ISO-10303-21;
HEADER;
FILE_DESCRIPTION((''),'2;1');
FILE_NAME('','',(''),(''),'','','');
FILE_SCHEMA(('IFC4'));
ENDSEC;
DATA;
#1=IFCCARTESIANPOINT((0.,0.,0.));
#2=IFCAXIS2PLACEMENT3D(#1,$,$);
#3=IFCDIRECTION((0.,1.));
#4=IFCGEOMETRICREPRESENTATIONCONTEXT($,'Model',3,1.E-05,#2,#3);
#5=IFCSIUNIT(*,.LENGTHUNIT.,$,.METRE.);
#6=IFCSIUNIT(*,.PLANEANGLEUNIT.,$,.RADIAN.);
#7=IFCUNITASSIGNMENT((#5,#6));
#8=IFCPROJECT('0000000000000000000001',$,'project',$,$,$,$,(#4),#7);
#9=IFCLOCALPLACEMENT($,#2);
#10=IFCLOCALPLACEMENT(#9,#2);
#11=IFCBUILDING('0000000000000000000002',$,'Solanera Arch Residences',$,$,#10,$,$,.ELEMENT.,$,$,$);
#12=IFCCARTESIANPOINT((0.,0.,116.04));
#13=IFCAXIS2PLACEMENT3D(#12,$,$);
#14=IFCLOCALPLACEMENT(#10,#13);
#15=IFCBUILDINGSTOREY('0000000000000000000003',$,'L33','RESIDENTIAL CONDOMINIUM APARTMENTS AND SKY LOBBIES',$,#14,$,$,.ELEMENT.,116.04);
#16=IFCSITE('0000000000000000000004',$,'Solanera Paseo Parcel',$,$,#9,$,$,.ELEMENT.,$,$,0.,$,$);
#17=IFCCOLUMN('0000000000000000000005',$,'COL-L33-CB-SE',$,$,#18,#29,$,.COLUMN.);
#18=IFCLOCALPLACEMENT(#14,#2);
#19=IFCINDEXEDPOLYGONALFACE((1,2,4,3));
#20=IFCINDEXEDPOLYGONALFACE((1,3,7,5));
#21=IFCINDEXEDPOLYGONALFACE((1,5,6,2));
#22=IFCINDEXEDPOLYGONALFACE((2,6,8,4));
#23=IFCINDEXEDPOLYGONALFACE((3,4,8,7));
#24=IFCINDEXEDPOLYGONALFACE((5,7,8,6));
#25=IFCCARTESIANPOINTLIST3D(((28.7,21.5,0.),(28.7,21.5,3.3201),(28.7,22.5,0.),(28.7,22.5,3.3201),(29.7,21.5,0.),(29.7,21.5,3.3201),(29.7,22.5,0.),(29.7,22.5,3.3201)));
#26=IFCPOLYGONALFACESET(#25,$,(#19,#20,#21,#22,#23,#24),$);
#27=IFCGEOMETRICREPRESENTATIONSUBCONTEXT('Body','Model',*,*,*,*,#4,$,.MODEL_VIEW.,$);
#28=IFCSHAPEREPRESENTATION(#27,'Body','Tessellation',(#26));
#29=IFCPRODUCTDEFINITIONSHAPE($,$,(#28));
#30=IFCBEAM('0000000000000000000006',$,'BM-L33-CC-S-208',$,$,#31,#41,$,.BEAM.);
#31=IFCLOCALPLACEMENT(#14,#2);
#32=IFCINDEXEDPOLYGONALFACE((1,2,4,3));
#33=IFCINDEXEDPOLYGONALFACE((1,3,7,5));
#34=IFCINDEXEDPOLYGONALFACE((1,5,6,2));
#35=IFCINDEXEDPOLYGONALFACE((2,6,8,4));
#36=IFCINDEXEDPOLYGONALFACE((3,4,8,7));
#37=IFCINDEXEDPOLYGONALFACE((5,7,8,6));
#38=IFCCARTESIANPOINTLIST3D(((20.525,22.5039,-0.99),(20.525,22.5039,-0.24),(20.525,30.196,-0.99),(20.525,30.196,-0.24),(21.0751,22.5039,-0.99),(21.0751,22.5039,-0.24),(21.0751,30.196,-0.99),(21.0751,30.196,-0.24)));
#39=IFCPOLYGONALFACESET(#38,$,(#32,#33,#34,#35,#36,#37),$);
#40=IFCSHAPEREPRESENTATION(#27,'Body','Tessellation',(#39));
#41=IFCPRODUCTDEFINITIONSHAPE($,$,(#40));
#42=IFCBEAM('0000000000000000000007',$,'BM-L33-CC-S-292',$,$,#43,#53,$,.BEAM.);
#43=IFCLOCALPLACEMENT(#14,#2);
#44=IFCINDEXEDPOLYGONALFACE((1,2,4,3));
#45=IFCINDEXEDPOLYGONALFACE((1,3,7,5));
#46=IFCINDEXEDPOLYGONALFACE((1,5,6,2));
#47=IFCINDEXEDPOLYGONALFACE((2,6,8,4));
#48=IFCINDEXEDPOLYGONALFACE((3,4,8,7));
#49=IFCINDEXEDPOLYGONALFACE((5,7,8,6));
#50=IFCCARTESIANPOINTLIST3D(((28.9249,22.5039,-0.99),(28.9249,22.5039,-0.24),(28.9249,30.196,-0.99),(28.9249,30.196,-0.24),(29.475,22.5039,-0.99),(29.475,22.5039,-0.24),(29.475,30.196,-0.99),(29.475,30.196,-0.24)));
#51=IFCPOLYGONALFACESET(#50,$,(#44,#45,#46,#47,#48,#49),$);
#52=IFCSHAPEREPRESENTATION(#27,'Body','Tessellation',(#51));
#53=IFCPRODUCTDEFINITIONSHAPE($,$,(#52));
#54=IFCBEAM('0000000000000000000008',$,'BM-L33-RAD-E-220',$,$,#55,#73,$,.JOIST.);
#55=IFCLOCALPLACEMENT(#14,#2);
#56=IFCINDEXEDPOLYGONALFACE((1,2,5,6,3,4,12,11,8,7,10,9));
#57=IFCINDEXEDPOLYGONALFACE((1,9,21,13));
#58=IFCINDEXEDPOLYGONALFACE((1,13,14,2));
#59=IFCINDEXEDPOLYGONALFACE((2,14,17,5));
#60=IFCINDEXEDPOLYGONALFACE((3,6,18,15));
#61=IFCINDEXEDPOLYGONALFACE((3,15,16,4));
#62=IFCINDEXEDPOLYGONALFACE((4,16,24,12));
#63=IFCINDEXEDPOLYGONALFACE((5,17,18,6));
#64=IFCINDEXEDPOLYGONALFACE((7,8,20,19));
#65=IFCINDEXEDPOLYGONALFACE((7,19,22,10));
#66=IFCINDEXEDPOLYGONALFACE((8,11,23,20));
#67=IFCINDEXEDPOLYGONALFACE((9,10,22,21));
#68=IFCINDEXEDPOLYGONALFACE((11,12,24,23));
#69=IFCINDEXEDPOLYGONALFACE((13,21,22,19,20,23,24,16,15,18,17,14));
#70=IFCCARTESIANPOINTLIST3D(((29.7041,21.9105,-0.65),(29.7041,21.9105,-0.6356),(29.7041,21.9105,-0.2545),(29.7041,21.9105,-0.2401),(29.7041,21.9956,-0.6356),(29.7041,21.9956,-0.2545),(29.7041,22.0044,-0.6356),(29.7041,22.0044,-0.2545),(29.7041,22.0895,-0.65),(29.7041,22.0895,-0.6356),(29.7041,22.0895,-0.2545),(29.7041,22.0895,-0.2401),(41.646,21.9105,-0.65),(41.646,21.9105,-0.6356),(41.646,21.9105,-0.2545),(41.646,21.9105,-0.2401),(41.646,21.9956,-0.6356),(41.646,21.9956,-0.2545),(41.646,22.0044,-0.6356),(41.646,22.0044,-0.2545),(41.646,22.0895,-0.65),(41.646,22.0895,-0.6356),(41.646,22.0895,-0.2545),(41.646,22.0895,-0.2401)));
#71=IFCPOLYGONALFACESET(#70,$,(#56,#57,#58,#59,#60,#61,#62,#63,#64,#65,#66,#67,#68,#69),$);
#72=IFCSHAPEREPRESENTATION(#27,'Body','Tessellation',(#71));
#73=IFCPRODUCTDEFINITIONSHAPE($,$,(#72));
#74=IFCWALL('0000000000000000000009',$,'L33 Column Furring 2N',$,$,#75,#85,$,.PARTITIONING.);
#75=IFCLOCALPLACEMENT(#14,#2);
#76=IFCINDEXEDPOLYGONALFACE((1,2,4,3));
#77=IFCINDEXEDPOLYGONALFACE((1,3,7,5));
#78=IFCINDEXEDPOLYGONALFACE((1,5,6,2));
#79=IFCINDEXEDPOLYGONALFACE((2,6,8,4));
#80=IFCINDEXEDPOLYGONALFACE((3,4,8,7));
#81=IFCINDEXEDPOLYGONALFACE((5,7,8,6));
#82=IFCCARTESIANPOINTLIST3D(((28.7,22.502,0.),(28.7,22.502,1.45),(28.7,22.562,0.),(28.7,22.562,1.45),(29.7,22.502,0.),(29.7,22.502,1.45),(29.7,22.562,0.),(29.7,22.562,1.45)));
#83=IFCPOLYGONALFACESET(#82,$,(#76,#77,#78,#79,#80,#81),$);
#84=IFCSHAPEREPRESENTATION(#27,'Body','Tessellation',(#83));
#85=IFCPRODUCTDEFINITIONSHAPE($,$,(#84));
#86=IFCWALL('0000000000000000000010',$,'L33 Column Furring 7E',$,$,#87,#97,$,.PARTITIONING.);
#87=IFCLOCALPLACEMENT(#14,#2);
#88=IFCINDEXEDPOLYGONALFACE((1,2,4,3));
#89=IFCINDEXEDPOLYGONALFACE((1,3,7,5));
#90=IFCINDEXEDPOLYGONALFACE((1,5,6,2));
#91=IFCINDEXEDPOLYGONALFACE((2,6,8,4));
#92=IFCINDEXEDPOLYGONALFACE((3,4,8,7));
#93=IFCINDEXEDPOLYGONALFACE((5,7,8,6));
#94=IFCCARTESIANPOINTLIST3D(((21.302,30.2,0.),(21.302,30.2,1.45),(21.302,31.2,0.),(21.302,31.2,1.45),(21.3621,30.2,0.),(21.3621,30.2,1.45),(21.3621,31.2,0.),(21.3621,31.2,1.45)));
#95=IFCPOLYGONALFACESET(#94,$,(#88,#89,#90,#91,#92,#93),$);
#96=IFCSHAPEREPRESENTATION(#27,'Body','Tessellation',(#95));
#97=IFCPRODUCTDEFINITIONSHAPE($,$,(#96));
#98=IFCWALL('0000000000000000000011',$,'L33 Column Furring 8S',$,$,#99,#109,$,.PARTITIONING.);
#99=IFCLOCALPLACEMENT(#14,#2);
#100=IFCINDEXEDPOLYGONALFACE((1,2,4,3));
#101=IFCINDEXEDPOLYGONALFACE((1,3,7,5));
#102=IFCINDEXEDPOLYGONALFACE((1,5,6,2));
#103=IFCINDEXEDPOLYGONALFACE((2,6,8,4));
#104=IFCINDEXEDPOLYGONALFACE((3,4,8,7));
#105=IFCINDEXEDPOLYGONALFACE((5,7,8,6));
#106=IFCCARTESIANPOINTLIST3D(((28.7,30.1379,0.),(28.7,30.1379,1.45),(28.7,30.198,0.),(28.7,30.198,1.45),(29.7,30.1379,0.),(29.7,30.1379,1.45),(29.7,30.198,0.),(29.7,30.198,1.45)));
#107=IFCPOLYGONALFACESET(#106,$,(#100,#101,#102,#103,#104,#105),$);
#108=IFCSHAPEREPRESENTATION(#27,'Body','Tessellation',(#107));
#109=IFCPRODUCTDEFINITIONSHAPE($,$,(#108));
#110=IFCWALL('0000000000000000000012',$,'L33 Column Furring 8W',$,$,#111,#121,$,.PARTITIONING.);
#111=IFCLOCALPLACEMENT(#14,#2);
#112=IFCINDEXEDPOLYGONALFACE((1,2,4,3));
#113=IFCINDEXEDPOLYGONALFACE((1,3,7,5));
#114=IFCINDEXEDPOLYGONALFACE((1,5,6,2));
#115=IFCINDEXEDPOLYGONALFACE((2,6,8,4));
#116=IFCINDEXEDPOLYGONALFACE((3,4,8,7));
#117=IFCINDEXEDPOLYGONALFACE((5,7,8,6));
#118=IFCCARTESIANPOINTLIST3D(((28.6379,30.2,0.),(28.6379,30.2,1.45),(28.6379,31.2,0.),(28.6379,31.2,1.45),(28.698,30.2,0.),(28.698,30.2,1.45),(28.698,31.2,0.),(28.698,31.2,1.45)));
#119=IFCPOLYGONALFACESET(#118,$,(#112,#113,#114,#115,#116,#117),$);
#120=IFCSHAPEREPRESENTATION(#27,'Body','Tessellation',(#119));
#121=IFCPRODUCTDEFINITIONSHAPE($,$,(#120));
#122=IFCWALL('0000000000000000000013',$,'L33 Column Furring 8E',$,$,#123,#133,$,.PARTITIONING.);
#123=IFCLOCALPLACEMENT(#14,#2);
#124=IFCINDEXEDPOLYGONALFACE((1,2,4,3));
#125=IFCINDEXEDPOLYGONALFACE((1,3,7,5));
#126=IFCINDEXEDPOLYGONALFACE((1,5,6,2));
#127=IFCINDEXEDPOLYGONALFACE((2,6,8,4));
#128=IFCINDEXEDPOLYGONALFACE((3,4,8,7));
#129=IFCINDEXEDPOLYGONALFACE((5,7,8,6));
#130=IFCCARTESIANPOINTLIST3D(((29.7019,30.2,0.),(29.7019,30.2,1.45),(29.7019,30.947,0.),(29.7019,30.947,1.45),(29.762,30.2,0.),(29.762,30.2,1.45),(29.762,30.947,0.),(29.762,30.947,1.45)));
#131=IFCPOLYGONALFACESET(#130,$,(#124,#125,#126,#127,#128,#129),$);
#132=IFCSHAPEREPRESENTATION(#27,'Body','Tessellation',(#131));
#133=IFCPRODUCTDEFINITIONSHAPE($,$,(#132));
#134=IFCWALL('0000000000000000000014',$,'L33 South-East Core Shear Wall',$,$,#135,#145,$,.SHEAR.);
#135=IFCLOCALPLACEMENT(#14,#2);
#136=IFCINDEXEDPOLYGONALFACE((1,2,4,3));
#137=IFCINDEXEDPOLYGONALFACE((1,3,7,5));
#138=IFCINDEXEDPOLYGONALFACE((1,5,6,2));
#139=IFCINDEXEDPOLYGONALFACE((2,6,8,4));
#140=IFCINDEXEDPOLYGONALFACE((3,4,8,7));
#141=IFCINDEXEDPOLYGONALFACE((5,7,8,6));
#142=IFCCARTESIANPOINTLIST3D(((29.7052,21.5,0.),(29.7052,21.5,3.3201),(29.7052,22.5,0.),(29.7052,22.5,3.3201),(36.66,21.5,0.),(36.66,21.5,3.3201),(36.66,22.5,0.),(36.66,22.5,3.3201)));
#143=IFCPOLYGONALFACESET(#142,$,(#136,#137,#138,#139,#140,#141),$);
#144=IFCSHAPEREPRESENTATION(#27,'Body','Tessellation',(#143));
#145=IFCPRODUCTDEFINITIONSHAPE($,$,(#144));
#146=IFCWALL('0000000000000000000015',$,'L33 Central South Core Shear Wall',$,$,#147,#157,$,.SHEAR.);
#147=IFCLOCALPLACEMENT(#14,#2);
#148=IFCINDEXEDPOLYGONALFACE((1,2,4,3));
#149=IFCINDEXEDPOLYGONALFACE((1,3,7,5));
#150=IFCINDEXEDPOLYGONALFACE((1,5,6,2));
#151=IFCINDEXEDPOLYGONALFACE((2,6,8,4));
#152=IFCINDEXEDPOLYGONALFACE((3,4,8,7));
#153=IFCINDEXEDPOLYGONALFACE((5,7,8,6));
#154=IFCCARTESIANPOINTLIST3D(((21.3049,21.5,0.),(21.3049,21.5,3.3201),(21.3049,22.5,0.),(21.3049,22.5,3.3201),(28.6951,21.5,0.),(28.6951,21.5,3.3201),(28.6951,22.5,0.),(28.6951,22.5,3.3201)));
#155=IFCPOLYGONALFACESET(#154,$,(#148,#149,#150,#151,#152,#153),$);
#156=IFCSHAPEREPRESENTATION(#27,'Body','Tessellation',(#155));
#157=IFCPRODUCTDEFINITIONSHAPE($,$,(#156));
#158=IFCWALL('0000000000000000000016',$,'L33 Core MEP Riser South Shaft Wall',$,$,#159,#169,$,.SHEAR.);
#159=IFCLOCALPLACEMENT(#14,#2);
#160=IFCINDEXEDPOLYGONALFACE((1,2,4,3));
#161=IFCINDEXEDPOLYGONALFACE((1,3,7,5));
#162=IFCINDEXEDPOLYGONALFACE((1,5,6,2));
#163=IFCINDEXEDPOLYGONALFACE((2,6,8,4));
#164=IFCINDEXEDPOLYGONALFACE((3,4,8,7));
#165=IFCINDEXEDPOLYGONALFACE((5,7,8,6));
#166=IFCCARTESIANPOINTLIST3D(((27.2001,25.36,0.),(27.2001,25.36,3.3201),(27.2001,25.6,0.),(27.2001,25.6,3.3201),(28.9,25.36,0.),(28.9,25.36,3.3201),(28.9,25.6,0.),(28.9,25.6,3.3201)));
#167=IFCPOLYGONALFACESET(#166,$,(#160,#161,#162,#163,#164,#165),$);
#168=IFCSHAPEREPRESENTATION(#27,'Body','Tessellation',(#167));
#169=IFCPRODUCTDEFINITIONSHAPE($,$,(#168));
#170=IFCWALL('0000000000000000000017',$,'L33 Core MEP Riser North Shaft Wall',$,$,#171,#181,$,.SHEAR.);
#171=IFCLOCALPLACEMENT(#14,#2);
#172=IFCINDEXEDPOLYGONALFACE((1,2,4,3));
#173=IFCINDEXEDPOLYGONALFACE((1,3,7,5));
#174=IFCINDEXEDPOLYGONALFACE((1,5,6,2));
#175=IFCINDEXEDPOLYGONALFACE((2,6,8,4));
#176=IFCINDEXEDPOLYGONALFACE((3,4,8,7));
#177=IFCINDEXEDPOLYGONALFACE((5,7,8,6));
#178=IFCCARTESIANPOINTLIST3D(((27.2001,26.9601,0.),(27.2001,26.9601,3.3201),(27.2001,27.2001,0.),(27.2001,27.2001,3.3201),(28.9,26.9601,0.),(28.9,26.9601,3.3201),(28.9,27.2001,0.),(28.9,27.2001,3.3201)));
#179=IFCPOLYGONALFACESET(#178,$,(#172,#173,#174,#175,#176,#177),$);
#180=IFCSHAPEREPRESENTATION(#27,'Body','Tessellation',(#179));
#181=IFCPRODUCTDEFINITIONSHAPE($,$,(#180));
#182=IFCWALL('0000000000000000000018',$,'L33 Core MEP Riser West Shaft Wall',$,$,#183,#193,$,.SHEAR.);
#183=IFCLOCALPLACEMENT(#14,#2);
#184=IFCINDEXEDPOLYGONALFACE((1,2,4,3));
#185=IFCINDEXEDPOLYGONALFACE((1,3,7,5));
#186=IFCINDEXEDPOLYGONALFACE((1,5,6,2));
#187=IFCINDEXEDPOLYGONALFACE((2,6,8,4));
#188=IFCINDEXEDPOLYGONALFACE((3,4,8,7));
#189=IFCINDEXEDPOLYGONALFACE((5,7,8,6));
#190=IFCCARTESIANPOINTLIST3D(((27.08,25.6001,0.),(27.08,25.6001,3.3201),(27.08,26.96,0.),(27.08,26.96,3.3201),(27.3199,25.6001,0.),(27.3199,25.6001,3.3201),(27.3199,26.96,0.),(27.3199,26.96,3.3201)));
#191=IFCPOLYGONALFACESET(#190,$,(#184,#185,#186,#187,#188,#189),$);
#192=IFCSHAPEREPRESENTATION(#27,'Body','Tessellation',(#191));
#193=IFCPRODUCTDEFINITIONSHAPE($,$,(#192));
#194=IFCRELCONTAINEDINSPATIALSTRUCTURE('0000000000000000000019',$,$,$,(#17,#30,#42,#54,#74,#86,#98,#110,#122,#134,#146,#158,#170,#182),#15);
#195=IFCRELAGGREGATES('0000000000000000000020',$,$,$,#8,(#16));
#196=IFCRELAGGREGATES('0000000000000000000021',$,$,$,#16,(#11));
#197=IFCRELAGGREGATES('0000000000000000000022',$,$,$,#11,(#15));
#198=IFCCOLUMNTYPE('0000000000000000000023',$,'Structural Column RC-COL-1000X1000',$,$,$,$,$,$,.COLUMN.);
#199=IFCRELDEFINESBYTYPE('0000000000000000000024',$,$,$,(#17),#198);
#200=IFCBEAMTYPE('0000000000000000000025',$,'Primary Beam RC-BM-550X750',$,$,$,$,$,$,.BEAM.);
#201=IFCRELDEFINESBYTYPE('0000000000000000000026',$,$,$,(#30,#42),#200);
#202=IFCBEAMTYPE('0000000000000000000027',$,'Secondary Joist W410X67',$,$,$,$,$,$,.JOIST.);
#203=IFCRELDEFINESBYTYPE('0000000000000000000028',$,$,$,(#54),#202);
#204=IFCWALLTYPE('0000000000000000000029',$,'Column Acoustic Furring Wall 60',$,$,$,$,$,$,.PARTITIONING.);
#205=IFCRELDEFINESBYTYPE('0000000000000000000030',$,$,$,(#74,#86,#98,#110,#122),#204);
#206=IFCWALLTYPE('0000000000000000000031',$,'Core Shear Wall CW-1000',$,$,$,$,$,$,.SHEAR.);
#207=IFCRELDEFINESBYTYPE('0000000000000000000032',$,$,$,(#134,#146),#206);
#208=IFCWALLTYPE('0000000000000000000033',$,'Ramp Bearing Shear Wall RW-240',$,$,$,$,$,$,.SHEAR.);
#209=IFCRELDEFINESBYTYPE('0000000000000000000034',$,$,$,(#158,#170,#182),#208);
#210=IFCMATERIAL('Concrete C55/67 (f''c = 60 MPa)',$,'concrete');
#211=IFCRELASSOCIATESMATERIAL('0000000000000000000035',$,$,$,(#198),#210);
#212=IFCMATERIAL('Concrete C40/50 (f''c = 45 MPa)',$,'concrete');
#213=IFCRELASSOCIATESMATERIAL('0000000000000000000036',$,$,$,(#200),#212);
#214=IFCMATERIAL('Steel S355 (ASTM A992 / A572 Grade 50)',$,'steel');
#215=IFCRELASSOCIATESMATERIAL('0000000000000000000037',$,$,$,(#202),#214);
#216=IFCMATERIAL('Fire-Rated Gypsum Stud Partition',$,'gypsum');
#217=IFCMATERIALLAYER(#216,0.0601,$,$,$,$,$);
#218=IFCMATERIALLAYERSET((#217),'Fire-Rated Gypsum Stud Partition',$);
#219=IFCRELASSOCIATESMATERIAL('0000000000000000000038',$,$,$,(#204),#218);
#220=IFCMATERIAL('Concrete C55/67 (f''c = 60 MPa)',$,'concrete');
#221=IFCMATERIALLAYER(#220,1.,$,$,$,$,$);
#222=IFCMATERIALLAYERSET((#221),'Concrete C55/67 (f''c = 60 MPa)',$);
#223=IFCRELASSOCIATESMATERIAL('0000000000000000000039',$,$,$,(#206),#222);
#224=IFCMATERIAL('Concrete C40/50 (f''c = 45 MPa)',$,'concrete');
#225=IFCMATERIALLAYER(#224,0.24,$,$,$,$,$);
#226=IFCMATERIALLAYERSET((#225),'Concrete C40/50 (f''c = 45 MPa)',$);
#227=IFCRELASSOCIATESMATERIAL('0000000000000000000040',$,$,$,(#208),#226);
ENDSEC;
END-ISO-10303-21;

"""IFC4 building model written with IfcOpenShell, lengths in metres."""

from ifc_helpers import new_model, si_unit, direction, frame, frame_2d, origin, origin_2d, place, context, subcontext, project, spatial, rectangle, i_section, extrude, material, layer, layer_set, material_profile, profile_set, type_object, element, save


model = new_model("IFC4")

# Units and contexts
model_context = context("Model", 3, precision=1e-05, world=origin(), true_north=direction((0.0, 1.0)))
body_context = subcontext(model_context, "Body", "Model", "MODEL_VIEW")
ifc_project = project(units=[si_unit("LENGTHUNIT", "METRE"), si_unit("PLANEANGLEUNIT", "RADIAN")], contexts=[model_context])

# Site, building, storey
site_placement = place(None, origin())
site = spatial("IfcSite", under=ifc_project, at=site_placement, Name="Solanera Paseo Parcel", CompositionType="ELEMENT", RefElevation=0.0)
building_placement = place(site_placement, origin())
building = spatial("IfcBuilding", under=site, at=building_placement, Name="Solanera Arch Residences", CompositionType="ELEMENT")
storey_placement = place(building_placement, frame((0.0, 0.0, 116.04)))
storey = spatial("IfcBuildingStorey", under=building, at=storey_placement, Name="L33", Description="RESIDENTIAL CONDOMINIUM APARTMENTS AND SKY LOBBIES", CompositionType="ELEMENT", Elevation=116.04)

# Column
ifc_material_1 = material(Name="Concrete C55/67 (f'c = 60 MPa)", Category="concrete")
ifc_material_profile_1 = material_profile(ifc_material_1, rectangle(XDim=1.0, YDim=1.0, at=origin_2d()))
ifc_profile_set_1 = profile_set([ifc_material_profile_1], Name="Concrete C55/67 (f'c = 60 MPa)")
column_type = type_object("IfcColumnType", Name="Structural Column RC-COL-1000X1000", PredefinedType="COLUMN", material=ifc_profile_set_1)
column_placement = place(storey_placement, frame((29.2, 22.0, 0.0), z_axis=(0.0, 0.0, 1.0), x_axis=(1.0, 0.0, 0.0)))
element("IfcColumn", 1, at=column_placement, inside=storey, type_object=column_type, Name="COL-L33-CB-SE", PredefinedType="COLUMN", context=body_context, shape_type="SweptSolid", body=[
    extrude(rectangle(XDim=1.0, YDim=1.0, at=origin_2d()), origin(), (0.0, 0.0, 1.0), 3.3201),
])

# Beams
ifc_material_2 = material(Name="Concrete C40/50 (f'c = 45 MPa)", Category="concrete")
ifc_material_profile_2 = material_profile(ifc_material_2, rectangle(XDim=0.55, YDim=0.75, at=origin_2d()))
ifc_profile_set_2 = profile_set([ifc_material_profile_2], Name="Concrete C40/50 (f'c = 45 MPa)")
beam_type_1 = type_object("IfcBeamType", Name="Primary Beam RC-BM-550X750", PredefinedType="BEAM", material=ifc_profile_set_2)
for number, where, z_axis, x_axis, name in (
    (2, (20.8, 22.5039, -0.615), (0.0, 1.0, 0.0), (-1.0, 0.0, 0.0), "BM-L33-CC-S-208"),
    (3, (29.2, 22.5039, -0.615), (0.0, 1.0, 0.0), (-1.0, 0.0, 0.0), "BM-L33-CC-S-292"),
):
    element("IfcBeam", number, at=place(storey_placement, frame(where, z_axis=z_axis, x_axis=x_axis)), inside=storey, type_object=beam_type_1, Name=name, PredefinedType="BEAM", context=body_context, shape_type="SweptSolid", body=[
        extrude(rectangle(XDim=0.55, YDim=0.75, at=origin_2d()), origin(), (0.0, 0.0, 1.0), 7.6921),
    ])
ifc_material_3 = material(Name="Steel S355 (ASTM A992 / A572 Grade 50)", Category="steel")
ifc_material_profile_3 = material_profile(ifc_material_3, i_section(OverallWidth=0.179, OverallDepth=0.4099, WebThickness=0.0088, FlangeThickness=0.0144, at=origin_2d()))
ifc_profile_set_3 = profile_set([ifc_material_profile_3], Name="Steel S355 (ASTM A992 / A572 Grade 50)")
beam_type_2 = type_object("IfcBeamType", Name="Secondary Joist W410X67", PredefinedType="JOIST", material=ifc_profile_set_3)
beam_placement = place(storey_placement, frame((29.7041, 22.0, -0.4451), z_axis=(1.0, 0.0, 0.0), x_axis=(0.0, 1.0, 0.0)))
element("IfcBeam", 4, at=beam_placement, inside=storey, type_object=beam_type_2, Name="BM-L33-RAD-E-220", PredefinedType="JOIST", context=body_context, shape_type="SweptSolid", body=[
    extrude(i_section(OverallWidth=0.179, OverallDepth=0.4099, WebThickness=0.0088, FlangeThickness=0.0144, at=origin_2d()), origin(), (0.0, 0.0, 1.0), 11.9419),
])

# Walls
ifc_material_4 = material(Name="Fire-Rated Gypsum Stud Partition", Category="gypsum")
ifc_layer_1 = layer(ifc_material_4, 0.0601)
ifc_layer_set_1 = layer_set([ifc_layer_1], Name="Fire-Rated Gypsum Stud Partition")
wall_type_1 = type_object("IfcWallType", Name="Column Acoustic Furring Wall 60", PredefinedType="PARTITIONING", material=ifc_layer_set_1)
for number, where, z_axis, x_axis, name in (
    (5, (28.7, 22.532, 0.0), (0.0, 0.0, 1.0), (1.0, 0.0, 0.0), "L33 Column Furring 2N"),
    (6, (21.332, 30.2, 0.0), (0.0, 0.0, 1.0), (0.0, 1.0, 0.0), "L33 Column Furring 7E"),
    (7, (28.7, 30.168, 0.0), (0.0, 0.0, 1.0), (1.0, 0.0, 0.0), "L33 Column Furring 8S"),
    (8, (28.668, 30.2, 0.0), (0.0, 0.0, 1.0), (0.0, 1.0, 0.0), "L33 Column Furring 8W"),
):
    element("IfcWall", number, at=place(storey_placement, frame(where, z_axis=z_axis, x_axis=x_axis)), inside=storey, type_object=wall_type_1, Name=name, PredefinedType="PARTITIONING", context=body_context, shape_type="SweptSolid", body=[
        extrude(rectangle(XDim=1.0, YDim=0.0601, at=frame_2d((0.5, 0.0))), origin(), (0.0, 0.0, 1.0), 1.45),
    ])
wall_1_placement = place(storey_placement, frame((29.7319, 30.2, 0.0), z_axis=(0.0, 0.0, 1.0), x_axis=(0.0, 1.0, 0.0)))
element("IfcWall", 9, at=wall_1_placement, inside=storey, type_object=wall_type_1, Name="L33 Column Furring 8E", PredefinedType="PARTITIONING", context=body_context, shape_type="SweptSolid", body=[
    extrude(rectangle(XDim=0.7471, YDim=0.0601, at=frame_2d((0.3735, 0.0))), origin(), (0.0, 0.0, 1.0), 1.45),
])
ifc_material_5 = material(Name="Concrete C55/67 (f'c = 60 MPa)", Category="concrete")
ifc_layer_2 = layer(ifc_material_5, 1.0)
ifc_layer_set_2 = layer_set([ifc_layer_2], Name="Concrete C55/67 (f'c = 60 MPa)")
wall_type_2 = type_object("IfcWallType", Name="Core Shear Wall CW-1000", PredefinedType="SHEAR", material=ifc_layer_set_2)
wall_2_placement = place(storey_placement, frame((29.7051, 22.0, 0.0), z_axis=(0.0, 0.0, 1.0), x_axis=(1.0, 0.0, 0.0)))
element("IfcWall", 10, at=wall_2_placement, inside=storey, type_object=wall_type_2, Name="L33 South-East Core Shear Wall", PredefinedType="SHEAR", context=body_context, shape_type="SweptSolid", body=[
    extrude(rectangle(XDim=6.9548, YDim=1.0, at=frame_2d((3.4775, 0.0))), origin(), (0.0, 0.0, 1.0), 3.3201),
])
wall_3_placement = place(storey_placement, frame((21.3049, 22.0, 0.0), z_axis=(0.0, 0.0, 1.0), x_axis=(1.0, 0.0, 0.0)))
element("IfcWall", 11, at=wall_3_placement, inside=storey, type_object=wall_type_2, Name="L33 Central South Core Shear Wall", PredefinedType="SHEAR", context=body_context, shape_type="SweptSolid", body=[
    extrude(rectangle(XDim=7.3901, YDim=1.0, at=frame_2d((3.6951, 0.0))), origin(), (0.0, 0.0, 1.0), 3.3201),
])
ifc_material_6 = material(Name="Concrete C40/50 (f'c = 45 MPa)", Category="concrete")
ifc_layer_3 = layer(ifc_material_6, 0.24)
ifc_layer_set_3 = layer_set([ifc_layer_3], Name="Concrete C40/50 (f'c = 45 MPa)")
wall_type_3 = type_object("IfcWallType", Name="Ramp Bearing Shear Wall RW-240", PredefinedType="SHEAR", material=ifc_layer_set_3)
for number, where, z_axis, x_axis, name in (
    (12, (27.2, 25.48, 0.0), (0.0, 0.0, 1.0), (1.0, 0.0, 0.0), "L33 Core MEP Riser South Shaft Wall"),
    (13, (27.2, 27.0801, 0.0), (0.0, 0.0, 1.0), (1.0, 0.0, 0.0), "L33 Core MEP Riser North Shaft Wall"),
):
    element("IfcWall", number, at=place(storey_placement, frame(where, z_axis=z_axis, x_axis=x_axis)), inside=storey, type_object=wall_type_3, Name=name, PredefinedType="SHEAR", context=body_context, shape_type="SweptSolid", body=[
        extrude(rectangle(XDim=1.7, YDim=0.24, at=frame_2d((0.8501, 0.0))), origin(), (0.0, 0.0, 1.0), 3.3201),
    ])
for number, where, z_axis, x_axis, name in (
    (14, (27.2, 25.6001, 0.0), (0.0, 0.0, 1.0), (0.0, 1.0, 0.0), "L33 Core MEP Riser West Shaft Wall"),
):
    element("IfcWall", number, at=place(storey_placement, frame(where, z_axis=z_axis, x_axis=x_axis)), inside=storey, type_object=wall_type_3, Name=name, PredefinedType="SHEAR", context=body_context, shape_type="SweptSolid", body=[
        extrude(rectangle(XDim=1.3599, YDim=0.24, at=frame_2d((0.6799, 0.0))), origin(), (0.0, 0.0, 1.0), 3.3201),
    ])

save(model, "model.ifc")
